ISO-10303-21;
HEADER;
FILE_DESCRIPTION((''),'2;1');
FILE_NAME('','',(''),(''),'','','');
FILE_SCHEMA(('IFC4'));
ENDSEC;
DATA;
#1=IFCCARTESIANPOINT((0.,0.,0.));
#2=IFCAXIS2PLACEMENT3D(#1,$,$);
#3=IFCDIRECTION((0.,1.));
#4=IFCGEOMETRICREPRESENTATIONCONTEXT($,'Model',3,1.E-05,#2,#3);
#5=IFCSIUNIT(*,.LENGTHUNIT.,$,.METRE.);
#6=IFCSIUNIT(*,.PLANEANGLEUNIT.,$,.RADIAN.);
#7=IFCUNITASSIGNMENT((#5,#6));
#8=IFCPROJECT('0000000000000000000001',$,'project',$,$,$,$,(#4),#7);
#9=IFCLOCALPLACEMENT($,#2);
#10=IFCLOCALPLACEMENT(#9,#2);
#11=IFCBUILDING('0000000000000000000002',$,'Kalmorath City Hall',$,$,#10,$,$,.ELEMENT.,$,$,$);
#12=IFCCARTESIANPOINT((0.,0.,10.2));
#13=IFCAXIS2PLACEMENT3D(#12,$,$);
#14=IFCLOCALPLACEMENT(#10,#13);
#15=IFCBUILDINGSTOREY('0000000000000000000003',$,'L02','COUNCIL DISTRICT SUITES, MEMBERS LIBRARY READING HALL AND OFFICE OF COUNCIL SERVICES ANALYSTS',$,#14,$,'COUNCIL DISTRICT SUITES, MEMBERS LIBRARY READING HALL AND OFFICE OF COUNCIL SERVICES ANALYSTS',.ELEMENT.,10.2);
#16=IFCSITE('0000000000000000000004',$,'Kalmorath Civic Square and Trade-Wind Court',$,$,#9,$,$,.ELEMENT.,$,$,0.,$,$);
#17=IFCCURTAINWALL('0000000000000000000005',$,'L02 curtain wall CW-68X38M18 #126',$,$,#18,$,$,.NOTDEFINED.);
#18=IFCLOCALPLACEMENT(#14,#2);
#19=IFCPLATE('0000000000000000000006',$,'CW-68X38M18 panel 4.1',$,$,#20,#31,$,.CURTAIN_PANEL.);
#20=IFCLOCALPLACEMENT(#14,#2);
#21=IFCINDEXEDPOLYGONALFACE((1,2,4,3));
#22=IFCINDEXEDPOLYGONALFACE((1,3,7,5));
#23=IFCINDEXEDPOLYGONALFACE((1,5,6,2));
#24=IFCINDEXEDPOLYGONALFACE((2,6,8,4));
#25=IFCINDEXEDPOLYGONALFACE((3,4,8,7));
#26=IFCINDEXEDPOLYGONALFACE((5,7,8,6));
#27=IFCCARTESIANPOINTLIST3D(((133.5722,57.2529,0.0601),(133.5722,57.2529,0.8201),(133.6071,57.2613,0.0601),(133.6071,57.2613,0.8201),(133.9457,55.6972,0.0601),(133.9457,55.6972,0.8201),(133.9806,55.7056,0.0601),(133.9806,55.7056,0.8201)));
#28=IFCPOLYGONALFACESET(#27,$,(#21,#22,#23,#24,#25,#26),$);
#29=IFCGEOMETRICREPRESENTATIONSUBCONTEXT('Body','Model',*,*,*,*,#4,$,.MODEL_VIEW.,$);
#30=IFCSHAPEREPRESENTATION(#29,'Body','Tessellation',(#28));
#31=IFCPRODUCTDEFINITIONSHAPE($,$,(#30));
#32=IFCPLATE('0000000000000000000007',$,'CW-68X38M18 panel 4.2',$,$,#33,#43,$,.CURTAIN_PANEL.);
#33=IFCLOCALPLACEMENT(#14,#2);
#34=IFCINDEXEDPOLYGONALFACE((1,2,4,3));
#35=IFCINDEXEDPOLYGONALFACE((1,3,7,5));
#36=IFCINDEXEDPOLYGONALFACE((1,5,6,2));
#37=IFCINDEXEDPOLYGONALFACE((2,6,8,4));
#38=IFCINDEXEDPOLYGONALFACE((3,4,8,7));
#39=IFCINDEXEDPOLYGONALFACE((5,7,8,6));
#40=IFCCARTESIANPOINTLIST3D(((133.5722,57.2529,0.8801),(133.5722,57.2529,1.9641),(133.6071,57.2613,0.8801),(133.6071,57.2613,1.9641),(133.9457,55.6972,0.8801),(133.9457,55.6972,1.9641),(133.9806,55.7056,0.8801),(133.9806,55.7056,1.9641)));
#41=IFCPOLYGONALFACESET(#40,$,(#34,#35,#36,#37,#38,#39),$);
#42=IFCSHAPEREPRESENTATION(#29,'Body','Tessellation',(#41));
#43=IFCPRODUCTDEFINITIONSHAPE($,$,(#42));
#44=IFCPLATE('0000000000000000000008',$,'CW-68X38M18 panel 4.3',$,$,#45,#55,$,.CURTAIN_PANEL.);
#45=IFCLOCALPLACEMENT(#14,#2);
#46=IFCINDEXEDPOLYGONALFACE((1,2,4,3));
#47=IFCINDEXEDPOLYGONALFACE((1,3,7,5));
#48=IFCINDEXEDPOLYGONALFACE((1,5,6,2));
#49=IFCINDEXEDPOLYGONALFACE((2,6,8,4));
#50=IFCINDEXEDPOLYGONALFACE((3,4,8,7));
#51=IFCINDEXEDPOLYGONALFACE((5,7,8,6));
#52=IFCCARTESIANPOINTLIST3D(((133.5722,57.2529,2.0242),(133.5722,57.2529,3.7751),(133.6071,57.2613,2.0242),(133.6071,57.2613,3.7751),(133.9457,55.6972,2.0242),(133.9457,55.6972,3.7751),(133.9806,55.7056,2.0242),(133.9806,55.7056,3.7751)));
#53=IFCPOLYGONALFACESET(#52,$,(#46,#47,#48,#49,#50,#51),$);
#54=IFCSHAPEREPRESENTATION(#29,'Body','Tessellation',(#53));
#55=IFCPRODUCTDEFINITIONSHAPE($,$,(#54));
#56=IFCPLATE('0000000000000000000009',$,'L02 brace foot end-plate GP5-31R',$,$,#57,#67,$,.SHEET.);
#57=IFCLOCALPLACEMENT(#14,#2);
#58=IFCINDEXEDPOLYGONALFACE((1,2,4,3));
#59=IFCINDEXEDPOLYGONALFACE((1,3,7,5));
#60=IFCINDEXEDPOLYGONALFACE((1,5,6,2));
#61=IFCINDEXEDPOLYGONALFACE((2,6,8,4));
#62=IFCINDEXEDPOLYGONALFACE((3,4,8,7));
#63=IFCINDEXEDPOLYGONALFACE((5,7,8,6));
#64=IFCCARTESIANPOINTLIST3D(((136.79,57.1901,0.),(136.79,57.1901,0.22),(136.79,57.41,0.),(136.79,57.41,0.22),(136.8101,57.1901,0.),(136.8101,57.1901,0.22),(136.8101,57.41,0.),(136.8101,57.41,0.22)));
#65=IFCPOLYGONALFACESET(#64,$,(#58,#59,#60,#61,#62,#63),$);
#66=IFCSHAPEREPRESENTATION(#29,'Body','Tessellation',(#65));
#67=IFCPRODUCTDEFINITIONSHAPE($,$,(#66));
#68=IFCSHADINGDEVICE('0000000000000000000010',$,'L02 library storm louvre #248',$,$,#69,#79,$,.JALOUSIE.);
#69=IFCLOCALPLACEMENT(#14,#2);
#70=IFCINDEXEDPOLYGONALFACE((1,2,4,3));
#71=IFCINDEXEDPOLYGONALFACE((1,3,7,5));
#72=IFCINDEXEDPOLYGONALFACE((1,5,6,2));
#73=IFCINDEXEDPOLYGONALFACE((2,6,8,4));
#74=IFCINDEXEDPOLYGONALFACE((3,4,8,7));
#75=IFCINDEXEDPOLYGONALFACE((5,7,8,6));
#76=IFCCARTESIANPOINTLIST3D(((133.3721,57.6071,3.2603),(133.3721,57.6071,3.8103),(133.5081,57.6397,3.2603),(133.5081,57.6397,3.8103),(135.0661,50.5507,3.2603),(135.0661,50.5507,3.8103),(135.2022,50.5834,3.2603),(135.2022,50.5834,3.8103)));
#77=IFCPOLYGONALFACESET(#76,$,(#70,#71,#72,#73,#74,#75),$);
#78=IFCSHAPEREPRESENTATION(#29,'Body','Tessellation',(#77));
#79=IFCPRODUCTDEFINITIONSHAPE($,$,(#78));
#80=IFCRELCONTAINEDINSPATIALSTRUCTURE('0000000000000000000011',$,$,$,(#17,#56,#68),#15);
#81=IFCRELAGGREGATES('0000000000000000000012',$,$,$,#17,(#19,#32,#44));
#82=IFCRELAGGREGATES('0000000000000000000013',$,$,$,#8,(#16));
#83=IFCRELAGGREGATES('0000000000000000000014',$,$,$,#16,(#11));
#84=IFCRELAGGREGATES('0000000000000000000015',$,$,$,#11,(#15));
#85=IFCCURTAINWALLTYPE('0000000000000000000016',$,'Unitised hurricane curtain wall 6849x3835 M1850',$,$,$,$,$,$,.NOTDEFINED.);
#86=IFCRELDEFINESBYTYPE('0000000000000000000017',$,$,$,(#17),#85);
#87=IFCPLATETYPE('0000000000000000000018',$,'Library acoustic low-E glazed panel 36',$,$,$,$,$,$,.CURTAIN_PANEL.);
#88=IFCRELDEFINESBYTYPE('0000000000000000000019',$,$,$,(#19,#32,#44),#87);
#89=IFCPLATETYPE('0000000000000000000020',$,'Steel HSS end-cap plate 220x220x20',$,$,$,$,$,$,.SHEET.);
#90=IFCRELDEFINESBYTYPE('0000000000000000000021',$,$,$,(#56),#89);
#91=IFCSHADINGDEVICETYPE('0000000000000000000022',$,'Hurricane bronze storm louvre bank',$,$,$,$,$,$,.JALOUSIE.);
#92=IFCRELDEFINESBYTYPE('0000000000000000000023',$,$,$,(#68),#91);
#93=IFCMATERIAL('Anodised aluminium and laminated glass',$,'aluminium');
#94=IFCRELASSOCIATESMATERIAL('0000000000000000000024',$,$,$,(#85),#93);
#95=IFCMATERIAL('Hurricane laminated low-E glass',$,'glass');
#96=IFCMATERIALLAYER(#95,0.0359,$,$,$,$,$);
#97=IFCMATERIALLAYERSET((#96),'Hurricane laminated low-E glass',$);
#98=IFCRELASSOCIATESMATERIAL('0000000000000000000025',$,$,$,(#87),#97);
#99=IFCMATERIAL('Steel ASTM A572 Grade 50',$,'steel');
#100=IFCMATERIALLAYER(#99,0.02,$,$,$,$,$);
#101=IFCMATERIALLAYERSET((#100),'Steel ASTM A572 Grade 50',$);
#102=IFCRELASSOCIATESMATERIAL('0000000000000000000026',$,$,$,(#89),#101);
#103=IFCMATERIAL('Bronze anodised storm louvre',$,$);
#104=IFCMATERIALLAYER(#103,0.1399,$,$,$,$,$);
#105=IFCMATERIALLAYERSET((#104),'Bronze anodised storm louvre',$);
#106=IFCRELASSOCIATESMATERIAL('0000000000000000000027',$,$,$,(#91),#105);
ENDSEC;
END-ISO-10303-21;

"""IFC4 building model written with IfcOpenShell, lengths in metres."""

from ifc_helpers import new_model, si_unit, direction, frame, origin, origin_2d, place, context, subcontext, project, spatial, rectangle, extrude, material, layer, layer_set, type_object, element, aggregate, save


model = new_model("IFC4")

# Units and contexts
model_context = context("Model", 3, precision=1e-05, world=origin(), true_north=direction((0.0, 1.0)))
body_context = subcontext(model_context, "Body", "Model", "MODEL_VIEW")
ifc_project = project(units=[si_unit("LENGTHUNIT", "METRE"), si_unit("PLANEANGLEUNIT", "RADIAN")], contexts=[model_context])

# Site, building, storey
site_placement = place(None, origin())
site = spatial("IfcSite", under=ifc_project, at=site_placement, Name="Kalmorath Civic Square and Trade-Wind Court", CompositionType="ELEMENT", RefElevation=0.0)
building_placement = place(site_placement, origin())
building = spatial("IfcBuilding", under=site, at=building_placement, Name="Kalmorath City Hall", CompositionType="ELEMENT")
storey_placement = place(building_placement, frame((0.0, 0.0, 10.2)))
storey = spatial("IfcBuildingStorey", under=building, at=storey_placement, Name="L02", Description="COUNCIL DISTRICT SUITES, MEMBERS LIBRARY READING HALL AND OFFICE OF COUNCIL SERVICES ANALYSTS", LongName="COUNCIL DISTRICT SUITES, MEMBERS LIBRARY READING HALL AND OFFICE OF COUNCIL SERVICES ANALYSTS", CompositionType="ELEMENT", Elevation=10.2)

# Curtain wall
ifc_material_1 = material(Name="Anodised aluminium and laminated glass", Category="aluminium")
curtain_wall_type = type_object("IfcCurtainWallType", Name="Unitised hurricane curtain wall 6849x3835 M1850", PredefinedType="NOTDEFINED", material=ifc_material_1)
curtain_wall_1_placement = place(storey_placement, origin())
curtain_wall_1 = element("IfcCurtainWall", 1, at=curtain_wall_1_placement, inside=storey, type_object=curtain_wall_type, Name="L02 curtain wall CW-68X38M18 #126", PredefinedType="NOTDEFINED")

# Plates
ifc_material_2 = material(Name="Hurricane laminated low-E glass", Category="glass")
ifc_layer_1 = layer(ifc_material_2, 0.0359)
ifc_layer_set_1 = layer_set([ifc_layer_1], Name="Hurricane laminated low-E glass")
plate_type_1 = type_object("IfcPlateType", Name="Library acoustic low-E glazed panel 36", PredefinedType="CURTAIN_PANEL", material=ifc_layer_set_1)
plate_1_placement = place(storey_placement, frame((133.7764, 56.4792, 0.0601), z_axis=(0.0, 0.0, 1.0), x_axis=(-0.233456, 0.972367, 0.0)))
plate_1 = element("IfcPlate", 2, at=plate_1_placement, type_object=plate_type_1, Name="CW-68X38M18 panel 4.1", PredefinedType="CURTAIN_PANEL", context=body_context, shape_type="SweptSolid", body=[
    extrude(rectangle(XDim=1.5999, YDim=0.0359, at=origin_2d()), origin(), (0.0, 0.0, 1.0), 0.76),
])
plate_2_placement = place(storey_placement, frame((133.7764, 56.4792, 0.8801), z_axis=(0.0, 0.0, 1.0), x_axis=(-0.233456, 0.972367, 0.0)))
plate_2 = element("IfcPlate", 3, at=plate_2_placement, type_object=plate_type_1, Name="CW-68X38M18 panel 4.2", PredefinedType="CURTAIN_PANEL", context=body_context, shape_type="SweptSolid", body=[
    extrude(rectangle(XDim=1.5999, YDim=0.0359, at=origin_2d()), origin(), (0.0, 0.0, 1.0), 1.084),
])
plate_3_placement = place(storey_placement, frame((133.7764, 56.4792, 2.0242), z_axis=(0.0, 0.0, 1.0), x_axis=(-0.233456, 0.972367, 0.0)))
plate_3 = element("IfcPlate", 4, at=plate_3_placement, type_object=plate_type_1, Name="CW-68X38M18 panel 4.3", PredefinedType="CURTAIN_PANEL", context=body_context, shape_type="SweptSolid", body=[
    extrude(rectangle(XDim=1.5999, YDim=0.0359, at=origin_2d()), origin(), (0.0, 0.0, 1.0), 1.751),
])
aggregate(curtain_wall_1, [plate_1, plate_2, plate_3])
ifc_material_3 = material(Name="Steel ASTM A572 Grade 50", Category="steel")
ifc_layer_2 = layer(ifc_material_3, 0.02)
ifc_layer_set_2 = layer_set([ifc_layer_2], Name="Steel ASTM A572 Grade 50")
plate_type_2 = type_object("IfcPlateType", Name="Steel HSS end-cap plate 220x220x20", PredefinedType="SHEET", material=ifc_layer_set_2)
plate_4_placement = place(storey_placement, frame((136.8, 57.3, 0.0), z_axis=(0.0, 0.0, 1.0), x_axis=(0.0, 1.0, 0.0)))
element("IfcPlate", 5, at=plate_4_placement, inside=storey, type_object=plate_type_2, Name="L02 brace foot end-plate GP5-31R", PredefinedType="SHEET", context=body_context, shape_type="SweptSolid", body=[
    extrude(rectangle(XDim=0.22, YDim=0.02, at=origin_2d()), origin(), (0.0, 0.0, 1.0), 0.22),
])

# Shading device
ifc_material_4 = material(Name="Bronze anodised storm louvre")
ifc_layer_3 = layer(ifc_material_4, 0.1399)
ifc_layer_set_3 = layer_set([ifc_layer_3], Name="Bronze anodised storm louvre")
shading_device_type = type_object("IfcShadingDeviceType", Name="Hurricane bronze storm louvre bank", PredefinedType="JALOUSIE", material=ifc_layer_set_3)
shading_device_placement = place(storey_placement, frame((134.2871, 54.0952, 3.2603), z_axis=(0.0, 0.0, 1.0), x_axis=(-0.233445, 0.97237, 0.0)))
element("IfcShadingDevice", 6, at=shading_device_placement, inside=storey, type_object=shading_device_type, Name="L02 library storm louvre #248", PredefinedType="JALOUSIE", context=body_context, shape_type="SweptSolid", body=[
    extrude(rectangle(XDim=7.2568, YDim=0.1399, at=origin_2d()), origin(), (0.0, 0.0, 1.0), 0.55),
])

save(model, "model.ifc")
